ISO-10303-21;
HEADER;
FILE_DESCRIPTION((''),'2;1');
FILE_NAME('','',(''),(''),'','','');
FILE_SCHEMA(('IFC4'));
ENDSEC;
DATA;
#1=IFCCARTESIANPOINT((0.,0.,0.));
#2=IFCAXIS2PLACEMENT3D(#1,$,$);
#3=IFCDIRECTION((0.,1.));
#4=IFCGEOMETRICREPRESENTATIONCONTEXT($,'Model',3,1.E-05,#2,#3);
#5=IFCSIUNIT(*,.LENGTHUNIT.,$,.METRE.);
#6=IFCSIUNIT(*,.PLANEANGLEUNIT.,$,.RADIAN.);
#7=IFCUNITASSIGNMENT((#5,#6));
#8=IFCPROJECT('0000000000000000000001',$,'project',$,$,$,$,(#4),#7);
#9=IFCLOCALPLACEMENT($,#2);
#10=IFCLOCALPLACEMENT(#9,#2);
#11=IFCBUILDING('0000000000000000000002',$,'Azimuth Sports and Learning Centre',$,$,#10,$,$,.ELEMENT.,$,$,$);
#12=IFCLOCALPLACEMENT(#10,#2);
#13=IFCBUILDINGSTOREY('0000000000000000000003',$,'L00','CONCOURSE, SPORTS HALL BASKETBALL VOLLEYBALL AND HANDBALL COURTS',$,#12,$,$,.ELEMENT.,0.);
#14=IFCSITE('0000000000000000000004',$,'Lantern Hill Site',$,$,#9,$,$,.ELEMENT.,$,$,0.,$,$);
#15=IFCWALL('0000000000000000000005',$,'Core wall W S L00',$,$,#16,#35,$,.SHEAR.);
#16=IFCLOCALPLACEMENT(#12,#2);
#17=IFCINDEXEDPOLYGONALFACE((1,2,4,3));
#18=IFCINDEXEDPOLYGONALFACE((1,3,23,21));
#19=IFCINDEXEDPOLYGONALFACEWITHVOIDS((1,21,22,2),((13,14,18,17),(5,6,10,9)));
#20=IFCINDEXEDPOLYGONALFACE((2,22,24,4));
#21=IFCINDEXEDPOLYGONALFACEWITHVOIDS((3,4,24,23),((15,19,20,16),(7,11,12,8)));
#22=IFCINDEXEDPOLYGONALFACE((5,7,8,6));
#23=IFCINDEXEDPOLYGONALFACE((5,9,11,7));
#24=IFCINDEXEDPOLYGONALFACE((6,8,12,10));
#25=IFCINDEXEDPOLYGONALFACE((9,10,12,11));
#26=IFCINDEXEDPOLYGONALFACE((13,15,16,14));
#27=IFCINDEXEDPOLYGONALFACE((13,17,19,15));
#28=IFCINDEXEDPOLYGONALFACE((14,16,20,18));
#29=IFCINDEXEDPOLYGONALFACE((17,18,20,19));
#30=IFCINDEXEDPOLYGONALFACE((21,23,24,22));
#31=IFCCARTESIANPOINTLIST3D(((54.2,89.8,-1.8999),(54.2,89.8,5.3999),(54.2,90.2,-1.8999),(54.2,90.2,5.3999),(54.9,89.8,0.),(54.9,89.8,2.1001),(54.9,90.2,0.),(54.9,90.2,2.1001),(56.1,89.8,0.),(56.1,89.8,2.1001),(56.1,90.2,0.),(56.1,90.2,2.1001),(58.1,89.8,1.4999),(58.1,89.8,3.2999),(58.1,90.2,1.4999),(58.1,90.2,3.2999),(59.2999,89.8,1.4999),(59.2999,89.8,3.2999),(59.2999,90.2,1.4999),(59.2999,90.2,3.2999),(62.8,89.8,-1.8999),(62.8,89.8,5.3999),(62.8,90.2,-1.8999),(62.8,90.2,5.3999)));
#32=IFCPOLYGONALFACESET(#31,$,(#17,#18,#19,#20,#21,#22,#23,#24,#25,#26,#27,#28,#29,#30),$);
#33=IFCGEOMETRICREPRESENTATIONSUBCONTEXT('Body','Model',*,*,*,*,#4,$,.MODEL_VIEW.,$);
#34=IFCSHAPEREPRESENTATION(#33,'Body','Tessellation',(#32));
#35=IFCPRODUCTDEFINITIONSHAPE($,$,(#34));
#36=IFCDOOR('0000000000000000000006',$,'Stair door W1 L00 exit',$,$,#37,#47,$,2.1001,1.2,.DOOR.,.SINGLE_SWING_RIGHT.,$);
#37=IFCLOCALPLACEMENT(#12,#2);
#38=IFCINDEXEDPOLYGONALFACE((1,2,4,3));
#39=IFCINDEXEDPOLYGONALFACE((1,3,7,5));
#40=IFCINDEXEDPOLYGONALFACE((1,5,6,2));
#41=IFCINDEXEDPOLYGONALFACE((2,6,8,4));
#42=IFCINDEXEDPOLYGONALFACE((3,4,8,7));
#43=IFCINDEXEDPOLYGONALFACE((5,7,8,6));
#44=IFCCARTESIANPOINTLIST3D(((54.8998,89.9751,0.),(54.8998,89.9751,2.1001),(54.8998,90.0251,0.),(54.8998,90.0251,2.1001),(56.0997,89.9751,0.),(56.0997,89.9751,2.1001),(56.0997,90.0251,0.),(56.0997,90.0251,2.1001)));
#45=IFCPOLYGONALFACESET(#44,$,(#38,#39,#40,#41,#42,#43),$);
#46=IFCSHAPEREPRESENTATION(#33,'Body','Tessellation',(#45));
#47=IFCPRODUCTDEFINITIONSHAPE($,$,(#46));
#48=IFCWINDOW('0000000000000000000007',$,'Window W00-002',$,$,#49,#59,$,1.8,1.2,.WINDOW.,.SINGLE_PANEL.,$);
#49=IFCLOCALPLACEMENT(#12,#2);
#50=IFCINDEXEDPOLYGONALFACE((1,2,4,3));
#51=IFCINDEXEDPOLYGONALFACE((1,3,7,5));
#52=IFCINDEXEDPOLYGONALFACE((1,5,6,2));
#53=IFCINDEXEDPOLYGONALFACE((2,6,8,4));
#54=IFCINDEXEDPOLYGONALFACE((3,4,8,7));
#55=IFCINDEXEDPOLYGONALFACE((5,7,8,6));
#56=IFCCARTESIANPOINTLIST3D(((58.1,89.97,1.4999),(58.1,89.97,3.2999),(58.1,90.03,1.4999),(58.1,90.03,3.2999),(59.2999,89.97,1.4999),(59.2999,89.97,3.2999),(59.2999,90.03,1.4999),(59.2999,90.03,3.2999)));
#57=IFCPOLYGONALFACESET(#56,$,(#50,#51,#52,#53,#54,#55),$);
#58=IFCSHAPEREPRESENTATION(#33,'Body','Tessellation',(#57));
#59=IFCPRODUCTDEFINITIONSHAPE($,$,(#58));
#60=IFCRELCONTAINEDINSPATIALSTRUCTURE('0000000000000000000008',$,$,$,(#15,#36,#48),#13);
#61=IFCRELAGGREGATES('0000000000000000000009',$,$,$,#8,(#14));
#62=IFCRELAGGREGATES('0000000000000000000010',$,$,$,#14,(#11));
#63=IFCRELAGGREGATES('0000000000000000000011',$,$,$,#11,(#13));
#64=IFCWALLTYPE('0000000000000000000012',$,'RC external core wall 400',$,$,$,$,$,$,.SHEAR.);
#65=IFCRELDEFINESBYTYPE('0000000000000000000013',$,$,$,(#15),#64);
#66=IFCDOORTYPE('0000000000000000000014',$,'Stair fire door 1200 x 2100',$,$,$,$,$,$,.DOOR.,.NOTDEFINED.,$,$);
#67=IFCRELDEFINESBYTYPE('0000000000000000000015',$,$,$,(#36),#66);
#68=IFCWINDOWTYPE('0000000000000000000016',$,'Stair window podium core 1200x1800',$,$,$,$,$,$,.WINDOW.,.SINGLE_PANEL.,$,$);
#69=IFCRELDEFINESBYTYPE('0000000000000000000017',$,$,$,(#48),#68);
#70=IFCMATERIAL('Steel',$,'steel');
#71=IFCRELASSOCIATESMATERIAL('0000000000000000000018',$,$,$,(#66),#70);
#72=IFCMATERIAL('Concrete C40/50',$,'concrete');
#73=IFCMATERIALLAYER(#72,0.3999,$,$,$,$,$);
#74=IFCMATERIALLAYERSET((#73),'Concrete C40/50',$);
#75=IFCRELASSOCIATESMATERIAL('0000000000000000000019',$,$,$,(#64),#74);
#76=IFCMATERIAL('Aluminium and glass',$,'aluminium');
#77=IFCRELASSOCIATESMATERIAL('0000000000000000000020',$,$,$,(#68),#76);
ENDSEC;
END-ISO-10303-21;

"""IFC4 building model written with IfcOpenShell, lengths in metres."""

from ifc_helpers import new_model, si_unit, direction, frame, frame_2d, origin, place, context, subcontext, project, spatial, rectangle, extrude, material, layer, layer_set, type_object, element, fill, save


model = new_model("IFC4")

# Units and contexts
model_context = context("Model", 3, precision=1e-05, world=origin(), true_north=direction((0.0, 1.0)))
body_context = subcontext(model_context, "Body", "Model", "MODEL_VIEW")
ifc_project = project(units=[si_unit("LENGTHUNIT", "METRE"), si_unit("PLANEANGLEUNIT", "RADIAN")], contexts=[model_context])

# Site, building, storey
site_placement = place(None, origin())
site = spatial("IfcSite", under=ifc_project, at=site_placement, Name="Lantern Hill Site", CompositionType="ELEMENT", RefElevation=0.0)
building_placement = place(site_placement, origin())
building = spatial("IfcBuilding", under=site, at=building_placement, Name="Azimuth Sports and Learning Centre", CompositionType="ELEMENT")
storey_placement = place(building_placement, origin())
storey = spatial("IfcBuildingStorey", under=building, at=storey_placement, Name="L00", Description="CONCOURSE, SPORTS HALL BASKETBALL VOLLEYBALL AND HANDBALL COURTS", CompositionType="ELEMENT", Elevation=0.0)

# Shared definitions
ifc_material_1 = material(Name="Steel", Category="steel")
door_type_1 = type_object("IfcDoorType", Name="Stair fire door 1200 x 2100", OperationType="NOTDEFINED", PredefinedType="DOOR", material=ifc_material_1)

# Wall, openings, door, window
ifc_material_2 = material(Name="Concrete C40/50", Category="concrete")
ifc_layer_1 = layer(ifc_material_2, 0.3999)
ifc_layer_set_1 = layer_set([ifc_layer_1], Name="Concrete C40/50")
wall_type_1 = type_object("IfcWallType", Name="RC external core wall 400", PredefinedType="SHEAR", material=ifc_layer_set_1)
wall_1_placement = place(storey_placement, frame((54.2, 90.0, -1.8999), z_axis=(0.0, 0.0, 1.0), x_axis=(1.0, 0.0, 0.0)))
wall_1 = element("IfcWall", 1, at=wall_1_placement, inside=storey, type_object=wall_type_1, Name="Core wall W S L00", PredefinedType="SHEAR", context=body_context, shape_type="SweptSolid", body=[
    extrude(rectangle(XDim=8.6001, YDim=0.3999, at=frame_2d((4.3, 0.0))), origin(), (0.0, 0.0, 1.0), 7.2998),
])
opening_1_placement = place(wall_1_placement, frame((3.8999, 0.0, 3.3999)))
opening_1 = element("IfcOpeningElement", 2, at=opening_1_placement, cuts=wall_1, PredefinedType="OPENING", context=body_context, shape_type="SweptSolid", body=[
    extrude(rectangle(XDim=1.2, YDim=1.8, at=frame_2d((0.6001, 0.8999))), frame((0.0, 0.2109, 0.0), z_axis=(0.0, -1.0, 0.0), x_axis=(1.0, 0.0, 0.0)), (0.0, 0.0, 1.0), 0.4219),
])
opening_2_placement = place(wall_1_placement, frame((0.7, 0.0, 1.8999)))
opening_2 = element("IfcOpeningElement", 3, at=opening_2_placement, cuts=wall_1, PredefinedType="OPENING", context=body_context, shape_type="SweptSolid", body=[
    extrude(rectangle(XDim=1.2, YDim=2.1001, at=frame_2d((0.6001, 1.05))), frame((0.0, 0.2109, 0.0), z_axis=(0.0, -1.0, 0.0), x_axis=(1.0, 0.0, 0.0)), (0.0, 0.0, 1.0), 0.4219),
])
door_1_placement = place(opening_2_placement, frame((1.2, 0.0, 0.0), z_axis=(0.0, 0.0, 1.0), x_axis=(-1.0, 0.0, 0.0)))
door_1 = element("IfcDoor", 4, at=door_1_placement, inside=storey, type_object=door_type_1, Name="Stair door W1 L00 exit", OperationType="SINGLE_SWING_RIGHT", OverallHeight=2.1001, OverallWidth=1.2, PredefinedType="DOOR", context=body_context, shape_type="SweptSolid", body=[
    extrude(rectangle(XDim=1.2, YDim=2.1001, at=frame_2d((0.6001, 1.05))), frame((0.0, 0.0249, 0.0), z_axis=(0.0, -1.0, 0.0), x_axis=(1.0, 0.0, 0.0)), (0.0, 0.0, 1.0), 0.05),
])
fill(opening_2, door_1)
ifc_material_3 = material(Name="Aluminium and glass", Category="aluminium")
window_type = type_object("IfcWindowType", Name="Stair window podium core 1200x1800", PartitioningType="SINGLE_PANEL", PredefinedType="WINDOW", material=ifc_material_3)
window_placement = place(opening_1_placement, origin())
window = element("IfcWindow", 5, at=window_placement, inside=storey, type_object=window_type, Name="Window W00-002", OverallHeight=1.8, OverallWidth=1.2, PartitioningType="SINGLE_PANEL", PredefinedType="WINDOW", context=body_context, shape_type="SweptSolid", body=[
    extrude(rectangle(XDim=1.2, YDim=1.8, at=frame_2d((0.6001, 0.8999))), frame((0.0, 0.03, 0.0), z_axis=(0.0, -1.0, 0.0), x_axis=(1.0, 0.0, 0.0)), (0.0, 0.0, 1.0), 0.0601),
])
fill(opening_1, window)

save(model, "model.ifc")
